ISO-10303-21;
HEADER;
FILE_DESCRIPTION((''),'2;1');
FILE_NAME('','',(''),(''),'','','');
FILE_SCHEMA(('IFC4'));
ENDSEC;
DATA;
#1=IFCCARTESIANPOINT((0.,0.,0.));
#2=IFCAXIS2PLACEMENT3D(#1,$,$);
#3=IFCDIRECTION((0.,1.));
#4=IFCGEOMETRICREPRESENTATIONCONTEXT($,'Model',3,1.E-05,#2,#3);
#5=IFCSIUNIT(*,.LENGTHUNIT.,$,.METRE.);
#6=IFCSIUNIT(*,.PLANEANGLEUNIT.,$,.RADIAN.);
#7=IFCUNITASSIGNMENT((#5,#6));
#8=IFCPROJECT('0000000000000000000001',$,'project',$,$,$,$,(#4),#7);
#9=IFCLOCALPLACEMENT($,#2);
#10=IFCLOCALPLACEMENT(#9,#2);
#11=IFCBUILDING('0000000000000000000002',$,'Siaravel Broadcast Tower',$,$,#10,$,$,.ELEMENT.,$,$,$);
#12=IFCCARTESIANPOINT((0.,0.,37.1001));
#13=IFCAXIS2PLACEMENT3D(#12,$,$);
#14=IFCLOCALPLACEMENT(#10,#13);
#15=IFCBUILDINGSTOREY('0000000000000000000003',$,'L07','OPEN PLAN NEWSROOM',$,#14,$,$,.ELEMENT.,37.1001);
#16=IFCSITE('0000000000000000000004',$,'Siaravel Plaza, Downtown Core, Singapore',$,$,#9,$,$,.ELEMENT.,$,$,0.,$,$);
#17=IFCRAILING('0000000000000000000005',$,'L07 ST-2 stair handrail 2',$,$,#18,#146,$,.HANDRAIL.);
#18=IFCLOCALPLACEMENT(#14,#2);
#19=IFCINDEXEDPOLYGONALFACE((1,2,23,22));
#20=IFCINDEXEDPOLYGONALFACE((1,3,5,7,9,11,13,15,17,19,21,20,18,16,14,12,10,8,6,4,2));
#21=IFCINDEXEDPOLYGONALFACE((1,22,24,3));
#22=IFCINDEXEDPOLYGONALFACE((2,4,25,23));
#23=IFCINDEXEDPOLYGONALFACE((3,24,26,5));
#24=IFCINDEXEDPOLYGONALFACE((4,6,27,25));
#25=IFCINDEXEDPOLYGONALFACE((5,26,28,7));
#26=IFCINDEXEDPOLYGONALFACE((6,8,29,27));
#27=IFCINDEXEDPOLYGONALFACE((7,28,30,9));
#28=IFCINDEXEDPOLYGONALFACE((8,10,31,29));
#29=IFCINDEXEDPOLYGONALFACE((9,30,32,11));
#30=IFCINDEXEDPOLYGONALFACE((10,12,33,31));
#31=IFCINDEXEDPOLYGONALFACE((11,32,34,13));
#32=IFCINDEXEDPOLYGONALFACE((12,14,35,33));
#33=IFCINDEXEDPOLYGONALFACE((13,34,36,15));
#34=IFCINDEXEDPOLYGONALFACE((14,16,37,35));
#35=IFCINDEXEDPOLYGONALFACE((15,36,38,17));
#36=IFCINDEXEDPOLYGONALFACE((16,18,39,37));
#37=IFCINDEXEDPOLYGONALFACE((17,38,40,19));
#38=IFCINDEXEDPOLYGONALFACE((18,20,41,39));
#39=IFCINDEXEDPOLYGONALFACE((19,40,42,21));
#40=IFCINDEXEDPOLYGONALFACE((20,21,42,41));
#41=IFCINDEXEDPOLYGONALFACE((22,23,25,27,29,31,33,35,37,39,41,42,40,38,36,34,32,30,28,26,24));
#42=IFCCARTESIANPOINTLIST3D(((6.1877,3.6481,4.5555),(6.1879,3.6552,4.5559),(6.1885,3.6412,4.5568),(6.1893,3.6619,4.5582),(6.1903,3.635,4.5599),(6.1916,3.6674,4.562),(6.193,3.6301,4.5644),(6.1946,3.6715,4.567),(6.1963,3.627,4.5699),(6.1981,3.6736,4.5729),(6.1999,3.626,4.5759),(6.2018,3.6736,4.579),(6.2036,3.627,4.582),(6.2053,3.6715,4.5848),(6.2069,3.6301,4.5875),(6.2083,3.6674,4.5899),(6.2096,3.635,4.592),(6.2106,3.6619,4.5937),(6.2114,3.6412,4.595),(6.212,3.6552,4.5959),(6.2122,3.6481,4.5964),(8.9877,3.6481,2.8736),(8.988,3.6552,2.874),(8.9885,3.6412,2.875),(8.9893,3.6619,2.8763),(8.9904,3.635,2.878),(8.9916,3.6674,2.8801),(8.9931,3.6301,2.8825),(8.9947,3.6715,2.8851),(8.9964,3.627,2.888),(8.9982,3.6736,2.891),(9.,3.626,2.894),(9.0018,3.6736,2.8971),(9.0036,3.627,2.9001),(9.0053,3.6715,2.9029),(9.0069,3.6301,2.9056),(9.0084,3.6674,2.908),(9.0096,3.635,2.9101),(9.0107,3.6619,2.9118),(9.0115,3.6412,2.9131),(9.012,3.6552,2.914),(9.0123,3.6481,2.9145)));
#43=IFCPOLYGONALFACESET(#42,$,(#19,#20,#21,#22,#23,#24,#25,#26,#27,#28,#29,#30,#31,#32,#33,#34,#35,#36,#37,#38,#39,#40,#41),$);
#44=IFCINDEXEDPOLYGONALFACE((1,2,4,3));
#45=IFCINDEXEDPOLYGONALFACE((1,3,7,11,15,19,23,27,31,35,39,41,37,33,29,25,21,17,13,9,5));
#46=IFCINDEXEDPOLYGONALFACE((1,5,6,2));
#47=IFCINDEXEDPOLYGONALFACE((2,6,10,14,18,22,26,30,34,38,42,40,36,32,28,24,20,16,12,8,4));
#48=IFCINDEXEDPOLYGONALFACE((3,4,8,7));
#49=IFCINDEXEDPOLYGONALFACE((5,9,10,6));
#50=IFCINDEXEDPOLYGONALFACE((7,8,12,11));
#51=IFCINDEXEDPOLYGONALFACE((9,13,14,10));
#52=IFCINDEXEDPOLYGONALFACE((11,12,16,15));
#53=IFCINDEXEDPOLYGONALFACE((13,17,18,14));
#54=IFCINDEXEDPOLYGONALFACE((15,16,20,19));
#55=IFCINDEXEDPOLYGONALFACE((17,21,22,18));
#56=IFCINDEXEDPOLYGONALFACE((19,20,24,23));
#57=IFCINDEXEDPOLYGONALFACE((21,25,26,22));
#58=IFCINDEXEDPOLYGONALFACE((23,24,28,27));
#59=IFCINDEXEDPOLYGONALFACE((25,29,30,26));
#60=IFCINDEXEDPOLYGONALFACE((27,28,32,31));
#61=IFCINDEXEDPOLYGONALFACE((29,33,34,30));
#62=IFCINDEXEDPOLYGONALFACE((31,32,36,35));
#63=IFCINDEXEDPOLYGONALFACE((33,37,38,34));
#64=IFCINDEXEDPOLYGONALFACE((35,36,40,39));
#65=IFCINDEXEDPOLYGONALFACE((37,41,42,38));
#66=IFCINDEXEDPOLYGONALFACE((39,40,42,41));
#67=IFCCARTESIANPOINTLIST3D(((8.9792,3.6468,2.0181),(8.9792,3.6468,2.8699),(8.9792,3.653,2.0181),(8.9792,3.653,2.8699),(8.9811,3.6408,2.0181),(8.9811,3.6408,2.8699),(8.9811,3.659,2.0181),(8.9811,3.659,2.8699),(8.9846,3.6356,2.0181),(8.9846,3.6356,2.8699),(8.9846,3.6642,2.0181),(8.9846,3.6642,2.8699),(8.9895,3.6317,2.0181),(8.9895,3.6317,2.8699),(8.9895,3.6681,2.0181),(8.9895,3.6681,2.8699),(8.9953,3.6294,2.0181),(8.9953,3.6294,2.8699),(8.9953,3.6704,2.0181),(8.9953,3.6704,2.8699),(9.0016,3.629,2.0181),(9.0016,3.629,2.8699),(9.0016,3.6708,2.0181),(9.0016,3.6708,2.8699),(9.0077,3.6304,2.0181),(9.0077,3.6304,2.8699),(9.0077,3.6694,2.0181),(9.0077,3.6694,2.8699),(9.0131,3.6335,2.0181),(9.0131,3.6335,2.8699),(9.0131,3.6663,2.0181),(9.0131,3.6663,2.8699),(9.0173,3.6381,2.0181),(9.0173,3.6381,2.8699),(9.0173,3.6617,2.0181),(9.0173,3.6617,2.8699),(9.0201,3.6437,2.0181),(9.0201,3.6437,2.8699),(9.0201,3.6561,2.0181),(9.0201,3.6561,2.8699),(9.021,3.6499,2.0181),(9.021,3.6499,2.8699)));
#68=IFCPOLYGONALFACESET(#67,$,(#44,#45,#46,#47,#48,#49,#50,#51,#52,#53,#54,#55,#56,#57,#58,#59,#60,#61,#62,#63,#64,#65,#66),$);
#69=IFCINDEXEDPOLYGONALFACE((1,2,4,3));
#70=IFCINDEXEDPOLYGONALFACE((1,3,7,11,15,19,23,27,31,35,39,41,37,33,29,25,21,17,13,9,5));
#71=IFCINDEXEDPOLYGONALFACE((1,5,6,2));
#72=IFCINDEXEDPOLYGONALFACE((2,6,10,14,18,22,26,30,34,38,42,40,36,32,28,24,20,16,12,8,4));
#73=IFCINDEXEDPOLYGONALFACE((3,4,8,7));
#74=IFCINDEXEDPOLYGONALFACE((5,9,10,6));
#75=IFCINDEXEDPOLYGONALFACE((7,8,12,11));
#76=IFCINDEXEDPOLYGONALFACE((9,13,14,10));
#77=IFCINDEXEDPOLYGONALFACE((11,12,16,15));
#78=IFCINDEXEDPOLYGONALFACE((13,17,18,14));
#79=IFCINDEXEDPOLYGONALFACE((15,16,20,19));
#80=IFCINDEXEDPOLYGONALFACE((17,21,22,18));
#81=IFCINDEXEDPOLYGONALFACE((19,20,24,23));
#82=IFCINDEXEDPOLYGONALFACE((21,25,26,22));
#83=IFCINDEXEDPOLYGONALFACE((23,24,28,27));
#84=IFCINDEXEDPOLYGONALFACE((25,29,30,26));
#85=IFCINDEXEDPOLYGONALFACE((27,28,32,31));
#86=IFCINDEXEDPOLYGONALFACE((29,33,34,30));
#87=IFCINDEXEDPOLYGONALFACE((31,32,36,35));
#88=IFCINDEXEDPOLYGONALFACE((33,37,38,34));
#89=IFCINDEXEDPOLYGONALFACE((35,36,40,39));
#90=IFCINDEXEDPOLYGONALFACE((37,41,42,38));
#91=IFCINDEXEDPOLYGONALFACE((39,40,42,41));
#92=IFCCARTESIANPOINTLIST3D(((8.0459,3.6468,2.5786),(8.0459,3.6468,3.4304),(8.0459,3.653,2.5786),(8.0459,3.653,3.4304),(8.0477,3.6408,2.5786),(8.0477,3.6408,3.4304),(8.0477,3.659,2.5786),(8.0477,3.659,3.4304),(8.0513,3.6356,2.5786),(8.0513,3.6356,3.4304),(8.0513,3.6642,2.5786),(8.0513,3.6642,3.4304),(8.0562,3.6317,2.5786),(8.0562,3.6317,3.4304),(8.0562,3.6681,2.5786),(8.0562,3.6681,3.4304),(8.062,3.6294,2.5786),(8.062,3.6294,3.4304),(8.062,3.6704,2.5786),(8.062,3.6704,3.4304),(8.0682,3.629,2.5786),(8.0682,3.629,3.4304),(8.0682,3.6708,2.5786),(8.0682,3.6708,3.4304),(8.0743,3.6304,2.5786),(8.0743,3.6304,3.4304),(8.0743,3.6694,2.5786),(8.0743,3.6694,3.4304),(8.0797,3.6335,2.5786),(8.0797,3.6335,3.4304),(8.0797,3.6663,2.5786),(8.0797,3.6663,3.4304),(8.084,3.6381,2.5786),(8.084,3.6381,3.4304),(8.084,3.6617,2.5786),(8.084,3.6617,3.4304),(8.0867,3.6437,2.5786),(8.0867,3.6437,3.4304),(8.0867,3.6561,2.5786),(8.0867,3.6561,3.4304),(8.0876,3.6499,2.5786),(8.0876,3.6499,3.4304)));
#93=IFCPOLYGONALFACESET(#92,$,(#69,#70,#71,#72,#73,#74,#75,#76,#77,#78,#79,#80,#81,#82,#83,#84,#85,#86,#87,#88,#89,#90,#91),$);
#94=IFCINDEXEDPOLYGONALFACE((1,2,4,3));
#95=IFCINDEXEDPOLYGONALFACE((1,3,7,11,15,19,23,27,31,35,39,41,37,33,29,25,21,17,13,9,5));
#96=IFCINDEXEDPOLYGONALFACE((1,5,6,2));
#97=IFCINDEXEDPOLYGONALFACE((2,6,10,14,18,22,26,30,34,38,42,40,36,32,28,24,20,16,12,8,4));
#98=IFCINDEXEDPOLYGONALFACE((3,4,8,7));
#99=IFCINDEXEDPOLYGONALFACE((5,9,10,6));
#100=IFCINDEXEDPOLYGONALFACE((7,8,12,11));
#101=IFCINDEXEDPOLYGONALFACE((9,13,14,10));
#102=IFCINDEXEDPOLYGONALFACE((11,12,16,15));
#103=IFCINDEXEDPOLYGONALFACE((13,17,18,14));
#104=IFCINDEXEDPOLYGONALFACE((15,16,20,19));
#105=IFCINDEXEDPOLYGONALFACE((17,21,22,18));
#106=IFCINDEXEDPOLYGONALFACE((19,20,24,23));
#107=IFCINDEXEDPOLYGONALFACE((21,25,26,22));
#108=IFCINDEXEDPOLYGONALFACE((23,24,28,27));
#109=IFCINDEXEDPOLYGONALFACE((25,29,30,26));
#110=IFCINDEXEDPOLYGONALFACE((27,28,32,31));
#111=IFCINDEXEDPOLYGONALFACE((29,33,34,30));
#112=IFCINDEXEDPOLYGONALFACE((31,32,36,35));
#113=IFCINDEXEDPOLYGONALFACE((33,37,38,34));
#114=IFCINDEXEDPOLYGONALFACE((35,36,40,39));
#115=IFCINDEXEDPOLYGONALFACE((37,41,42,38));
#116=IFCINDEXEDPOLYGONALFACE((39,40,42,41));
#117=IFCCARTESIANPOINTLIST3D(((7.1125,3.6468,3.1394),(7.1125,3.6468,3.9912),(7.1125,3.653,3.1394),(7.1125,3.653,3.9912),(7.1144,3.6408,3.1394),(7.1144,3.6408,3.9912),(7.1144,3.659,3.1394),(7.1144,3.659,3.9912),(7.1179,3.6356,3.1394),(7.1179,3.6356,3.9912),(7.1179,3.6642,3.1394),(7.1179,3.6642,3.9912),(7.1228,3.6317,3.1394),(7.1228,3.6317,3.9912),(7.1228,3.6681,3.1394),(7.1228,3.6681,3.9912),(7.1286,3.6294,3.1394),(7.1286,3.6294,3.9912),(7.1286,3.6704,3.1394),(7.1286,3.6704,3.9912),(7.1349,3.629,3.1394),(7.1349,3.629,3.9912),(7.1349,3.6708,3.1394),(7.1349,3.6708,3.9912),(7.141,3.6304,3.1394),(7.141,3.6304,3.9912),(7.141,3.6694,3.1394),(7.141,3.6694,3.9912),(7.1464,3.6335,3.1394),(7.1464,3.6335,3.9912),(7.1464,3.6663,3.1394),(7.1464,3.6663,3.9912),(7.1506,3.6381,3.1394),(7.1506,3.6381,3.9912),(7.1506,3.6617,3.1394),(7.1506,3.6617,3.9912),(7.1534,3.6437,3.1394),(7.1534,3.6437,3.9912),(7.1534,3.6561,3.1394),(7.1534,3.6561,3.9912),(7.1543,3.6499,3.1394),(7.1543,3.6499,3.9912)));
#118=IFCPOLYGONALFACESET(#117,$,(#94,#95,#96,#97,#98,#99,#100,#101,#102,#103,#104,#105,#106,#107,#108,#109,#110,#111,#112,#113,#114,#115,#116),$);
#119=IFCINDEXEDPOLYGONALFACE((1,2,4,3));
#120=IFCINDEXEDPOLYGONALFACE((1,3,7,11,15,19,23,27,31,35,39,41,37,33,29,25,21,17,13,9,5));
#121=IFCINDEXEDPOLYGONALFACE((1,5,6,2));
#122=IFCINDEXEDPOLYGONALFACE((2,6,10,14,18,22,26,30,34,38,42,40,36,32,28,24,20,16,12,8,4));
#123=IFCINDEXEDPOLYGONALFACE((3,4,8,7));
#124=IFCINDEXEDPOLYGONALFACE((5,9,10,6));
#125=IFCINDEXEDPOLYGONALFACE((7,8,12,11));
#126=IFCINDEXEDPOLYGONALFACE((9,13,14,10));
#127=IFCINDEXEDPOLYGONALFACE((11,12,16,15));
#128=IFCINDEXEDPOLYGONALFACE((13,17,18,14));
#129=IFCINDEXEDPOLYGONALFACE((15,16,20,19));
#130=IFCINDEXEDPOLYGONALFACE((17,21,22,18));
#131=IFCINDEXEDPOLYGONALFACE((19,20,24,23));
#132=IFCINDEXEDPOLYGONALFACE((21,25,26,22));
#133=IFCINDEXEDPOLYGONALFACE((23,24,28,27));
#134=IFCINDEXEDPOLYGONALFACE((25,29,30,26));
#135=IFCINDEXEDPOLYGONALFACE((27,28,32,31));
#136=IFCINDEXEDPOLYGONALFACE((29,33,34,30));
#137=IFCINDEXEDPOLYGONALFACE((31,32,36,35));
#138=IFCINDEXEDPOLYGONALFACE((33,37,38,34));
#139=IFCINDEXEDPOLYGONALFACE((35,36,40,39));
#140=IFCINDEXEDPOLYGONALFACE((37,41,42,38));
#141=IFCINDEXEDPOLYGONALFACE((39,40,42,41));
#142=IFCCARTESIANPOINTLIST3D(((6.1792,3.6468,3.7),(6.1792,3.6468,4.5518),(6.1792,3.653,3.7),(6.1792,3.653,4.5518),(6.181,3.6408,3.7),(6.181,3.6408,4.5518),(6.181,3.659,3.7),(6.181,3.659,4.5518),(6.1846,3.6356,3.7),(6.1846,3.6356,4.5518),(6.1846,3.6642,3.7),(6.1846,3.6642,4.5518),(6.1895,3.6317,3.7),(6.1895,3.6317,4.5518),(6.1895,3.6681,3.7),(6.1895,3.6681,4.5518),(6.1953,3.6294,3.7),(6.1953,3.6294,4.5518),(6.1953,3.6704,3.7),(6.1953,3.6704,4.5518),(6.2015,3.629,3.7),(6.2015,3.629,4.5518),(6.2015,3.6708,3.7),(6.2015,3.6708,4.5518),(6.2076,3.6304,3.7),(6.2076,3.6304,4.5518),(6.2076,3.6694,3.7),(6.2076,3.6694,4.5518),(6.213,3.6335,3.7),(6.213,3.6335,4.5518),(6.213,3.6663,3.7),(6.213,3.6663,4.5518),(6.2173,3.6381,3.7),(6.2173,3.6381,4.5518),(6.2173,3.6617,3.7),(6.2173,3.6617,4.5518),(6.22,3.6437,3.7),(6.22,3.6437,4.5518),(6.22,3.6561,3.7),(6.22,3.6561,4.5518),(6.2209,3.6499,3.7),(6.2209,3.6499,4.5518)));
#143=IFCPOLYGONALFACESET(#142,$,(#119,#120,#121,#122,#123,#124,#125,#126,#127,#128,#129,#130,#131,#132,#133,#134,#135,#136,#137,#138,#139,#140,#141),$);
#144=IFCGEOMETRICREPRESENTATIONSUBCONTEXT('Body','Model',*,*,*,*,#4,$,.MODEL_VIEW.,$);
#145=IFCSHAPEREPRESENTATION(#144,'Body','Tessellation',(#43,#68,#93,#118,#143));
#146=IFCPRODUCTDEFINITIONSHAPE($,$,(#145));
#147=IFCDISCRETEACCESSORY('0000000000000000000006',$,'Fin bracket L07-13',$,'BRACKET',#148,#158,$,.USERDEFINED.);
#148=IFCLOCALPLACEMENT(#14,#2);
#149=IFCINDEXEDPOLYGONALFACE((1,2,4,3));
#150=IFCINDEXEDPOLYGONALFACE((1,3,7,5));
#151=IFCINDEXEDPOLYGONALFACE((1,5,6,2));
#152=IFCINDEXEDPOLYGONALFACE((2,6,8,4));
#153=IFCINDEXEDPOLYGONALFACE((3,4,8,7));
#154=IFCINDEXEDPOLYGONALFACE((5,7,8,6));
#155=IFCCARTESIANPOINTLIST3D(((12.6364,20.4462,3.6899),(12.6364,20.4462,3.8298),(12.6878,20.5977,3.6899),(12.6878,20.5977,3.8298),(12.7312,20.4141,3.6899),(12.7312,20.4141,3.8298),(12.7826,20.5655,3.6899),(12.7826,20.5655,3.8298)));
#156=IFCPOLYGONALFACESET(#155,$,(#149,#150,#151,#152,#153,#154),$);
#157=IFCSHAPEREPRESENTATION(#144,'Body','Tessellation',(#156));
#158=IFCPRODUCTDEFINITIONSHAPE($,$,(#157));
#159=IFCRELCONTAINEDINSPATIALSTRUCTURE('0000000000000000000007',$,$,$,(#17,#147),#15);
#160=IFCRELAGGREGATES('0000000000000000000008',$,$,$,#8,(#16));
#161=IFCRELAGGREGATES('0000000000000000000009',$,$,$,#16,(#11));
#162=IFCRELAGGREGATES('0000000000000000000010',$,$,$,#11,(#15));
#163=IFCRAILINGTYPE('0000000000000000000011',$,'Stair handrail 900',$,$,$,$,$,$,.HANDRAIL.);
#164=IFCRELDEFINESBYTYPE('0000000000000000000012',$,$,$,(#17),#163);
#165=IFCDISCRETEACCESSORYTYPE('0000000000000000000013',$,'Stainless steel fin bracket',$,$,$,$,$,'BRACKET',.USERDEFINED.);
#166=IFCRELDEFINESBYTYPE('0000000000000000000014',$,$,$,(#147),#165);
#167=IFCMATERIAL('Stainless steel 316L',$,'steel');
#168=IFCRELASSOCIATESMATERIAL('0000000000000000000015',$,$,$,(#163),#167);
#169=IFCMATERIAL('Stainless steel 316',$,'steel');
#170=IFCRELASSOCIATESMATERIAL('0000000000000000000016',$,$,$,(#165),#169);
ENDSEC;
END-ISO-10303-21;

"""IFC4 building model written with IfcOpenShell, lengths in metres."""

from ifc_helpers import new_model, si_unit, direction, frame, origin, origin_2d, place, context, subcontext, project, spatial, rectangle, circle, extrude, material, type_object, element, save


model = new_model("IFC4")

# Units and contexts
model_context = context("Model", 3, precision=1e-05, world=origin(), true_north=direction((0.0, 1.0)))
body_context = subcontext(model_context, "Body", "Model", "MODEL_VIEW")
ifc_project = project(units=[si_unit("LENGTHUNIT", "METRE"), si_unit("PLANEANGLEUNIT", "RADIAN")], contexts=[model_context])

# Site, building, storey
site_placement = place(None, origin())
site = spatial("IfcSite", under=ifc_project, at=site_placement, Name="Siaravel Plaza, Downtown Core, Singapore", CompositionType="ELEMENT", RefElevation=0.0)
building_placement = place(site_placement, origin())
building = spatial("IfcBuilding", under=site, at=building_placement, Name="Siaravel Broadcast Tower", CompositionType="ELEMENT")
storey_placement = place(building_placement, frame((0.0, 0.0, 37.1001)))
storey = spatial("IfcBuildingStorey", under=building, at=storey_placement, Name="L07", Description="OPEN PLAN NEWSROOM", CompositionType="ELEMENT", Elevation=37.1001)

# Railing
ifc_material_1 = material(Name="Stainless steel 316L", Category="steel")
railing_type_1 = type_object("IfcRailingType", Name="Stair handrail 900", PredefinedType="HANDRAIL", material=ifc_material_1)
railing_1_placement = place(storey_placement, frame((9.0, 3.6499, 2.0181)))
element("IfcRailing", 1, at=railing_1_placement, inside=storey, type_object=railing_type_1, Name="L07 ST-2 stair handrail 2", PredefinedType="HANDRAIL", context=body_context, shape_type="SweptSolid", body=[
    extrude(circle(Radius=0.0239, at=origin_2d()), frame((0.0, 0.0, 0.876), z_axis=(-0.857242, 0.0, 0.514913), x_axis=(0.0, -1.0, 0.0)), (0.0, 0.0, 1.0), 3.2664),
    extrude(circle(Radius=0.021, at=origin_2d()), origin(), (0.0, 0.0, 1.0), 0.8518),
    extrude(circle(Radius=0.021, at=origin_2d()), frame((-0.9333, 0.0, 0.5605)), (0.0, 0.0, 1.0), 0.8518),
    extrude(circle(Radius=0.021, at=origin_2d()), frame((-1.8667, 0.0, 1.1213)), (0.0, 0.0, 1.0), 0.8518),
    extrude(circle(Radius=0.021, at=origin_2d()), frame((-2.8, 0.0, 1.6819)), (0.0, 0.0, 1.0), 0.8518),
])

# Discrete accessory
ifc_material_2 = material(Name="Stainless steel 316", Category="steel")
discrete_accessory_type = type_object("IfcDiscreteAccessoryType", Name="Stainless steel fin bracket", ElementType="BRACKET", PredefinedType="USERDEFINED", material=ifc_material_2)
discrete_accessory_placement = place(storey_placement, frame((12.7095, 20.5059, 3.6899), z_axis=(0.0, 0.0, 1.0), x_axis=(0.321301, 0.946977, 0.0)))
element("IfcDiscreteAccessory", 2, at=discrete_accessory_placement, inside=storey, type_object=discrete_accessory_type, Name="Fin bracket L07-13", ObjectType="BRACKET", PredefinedType="USERDEFINED", context=body_context, shape_type="SweptSolid", body=[
    extrude(rectangle(XDim=0.1599, YDim=0.1001, at=origin_2d()), origin(), (0.0, 0.0, 1.0), 0.1399),
])

save(model, "model.ifc")
